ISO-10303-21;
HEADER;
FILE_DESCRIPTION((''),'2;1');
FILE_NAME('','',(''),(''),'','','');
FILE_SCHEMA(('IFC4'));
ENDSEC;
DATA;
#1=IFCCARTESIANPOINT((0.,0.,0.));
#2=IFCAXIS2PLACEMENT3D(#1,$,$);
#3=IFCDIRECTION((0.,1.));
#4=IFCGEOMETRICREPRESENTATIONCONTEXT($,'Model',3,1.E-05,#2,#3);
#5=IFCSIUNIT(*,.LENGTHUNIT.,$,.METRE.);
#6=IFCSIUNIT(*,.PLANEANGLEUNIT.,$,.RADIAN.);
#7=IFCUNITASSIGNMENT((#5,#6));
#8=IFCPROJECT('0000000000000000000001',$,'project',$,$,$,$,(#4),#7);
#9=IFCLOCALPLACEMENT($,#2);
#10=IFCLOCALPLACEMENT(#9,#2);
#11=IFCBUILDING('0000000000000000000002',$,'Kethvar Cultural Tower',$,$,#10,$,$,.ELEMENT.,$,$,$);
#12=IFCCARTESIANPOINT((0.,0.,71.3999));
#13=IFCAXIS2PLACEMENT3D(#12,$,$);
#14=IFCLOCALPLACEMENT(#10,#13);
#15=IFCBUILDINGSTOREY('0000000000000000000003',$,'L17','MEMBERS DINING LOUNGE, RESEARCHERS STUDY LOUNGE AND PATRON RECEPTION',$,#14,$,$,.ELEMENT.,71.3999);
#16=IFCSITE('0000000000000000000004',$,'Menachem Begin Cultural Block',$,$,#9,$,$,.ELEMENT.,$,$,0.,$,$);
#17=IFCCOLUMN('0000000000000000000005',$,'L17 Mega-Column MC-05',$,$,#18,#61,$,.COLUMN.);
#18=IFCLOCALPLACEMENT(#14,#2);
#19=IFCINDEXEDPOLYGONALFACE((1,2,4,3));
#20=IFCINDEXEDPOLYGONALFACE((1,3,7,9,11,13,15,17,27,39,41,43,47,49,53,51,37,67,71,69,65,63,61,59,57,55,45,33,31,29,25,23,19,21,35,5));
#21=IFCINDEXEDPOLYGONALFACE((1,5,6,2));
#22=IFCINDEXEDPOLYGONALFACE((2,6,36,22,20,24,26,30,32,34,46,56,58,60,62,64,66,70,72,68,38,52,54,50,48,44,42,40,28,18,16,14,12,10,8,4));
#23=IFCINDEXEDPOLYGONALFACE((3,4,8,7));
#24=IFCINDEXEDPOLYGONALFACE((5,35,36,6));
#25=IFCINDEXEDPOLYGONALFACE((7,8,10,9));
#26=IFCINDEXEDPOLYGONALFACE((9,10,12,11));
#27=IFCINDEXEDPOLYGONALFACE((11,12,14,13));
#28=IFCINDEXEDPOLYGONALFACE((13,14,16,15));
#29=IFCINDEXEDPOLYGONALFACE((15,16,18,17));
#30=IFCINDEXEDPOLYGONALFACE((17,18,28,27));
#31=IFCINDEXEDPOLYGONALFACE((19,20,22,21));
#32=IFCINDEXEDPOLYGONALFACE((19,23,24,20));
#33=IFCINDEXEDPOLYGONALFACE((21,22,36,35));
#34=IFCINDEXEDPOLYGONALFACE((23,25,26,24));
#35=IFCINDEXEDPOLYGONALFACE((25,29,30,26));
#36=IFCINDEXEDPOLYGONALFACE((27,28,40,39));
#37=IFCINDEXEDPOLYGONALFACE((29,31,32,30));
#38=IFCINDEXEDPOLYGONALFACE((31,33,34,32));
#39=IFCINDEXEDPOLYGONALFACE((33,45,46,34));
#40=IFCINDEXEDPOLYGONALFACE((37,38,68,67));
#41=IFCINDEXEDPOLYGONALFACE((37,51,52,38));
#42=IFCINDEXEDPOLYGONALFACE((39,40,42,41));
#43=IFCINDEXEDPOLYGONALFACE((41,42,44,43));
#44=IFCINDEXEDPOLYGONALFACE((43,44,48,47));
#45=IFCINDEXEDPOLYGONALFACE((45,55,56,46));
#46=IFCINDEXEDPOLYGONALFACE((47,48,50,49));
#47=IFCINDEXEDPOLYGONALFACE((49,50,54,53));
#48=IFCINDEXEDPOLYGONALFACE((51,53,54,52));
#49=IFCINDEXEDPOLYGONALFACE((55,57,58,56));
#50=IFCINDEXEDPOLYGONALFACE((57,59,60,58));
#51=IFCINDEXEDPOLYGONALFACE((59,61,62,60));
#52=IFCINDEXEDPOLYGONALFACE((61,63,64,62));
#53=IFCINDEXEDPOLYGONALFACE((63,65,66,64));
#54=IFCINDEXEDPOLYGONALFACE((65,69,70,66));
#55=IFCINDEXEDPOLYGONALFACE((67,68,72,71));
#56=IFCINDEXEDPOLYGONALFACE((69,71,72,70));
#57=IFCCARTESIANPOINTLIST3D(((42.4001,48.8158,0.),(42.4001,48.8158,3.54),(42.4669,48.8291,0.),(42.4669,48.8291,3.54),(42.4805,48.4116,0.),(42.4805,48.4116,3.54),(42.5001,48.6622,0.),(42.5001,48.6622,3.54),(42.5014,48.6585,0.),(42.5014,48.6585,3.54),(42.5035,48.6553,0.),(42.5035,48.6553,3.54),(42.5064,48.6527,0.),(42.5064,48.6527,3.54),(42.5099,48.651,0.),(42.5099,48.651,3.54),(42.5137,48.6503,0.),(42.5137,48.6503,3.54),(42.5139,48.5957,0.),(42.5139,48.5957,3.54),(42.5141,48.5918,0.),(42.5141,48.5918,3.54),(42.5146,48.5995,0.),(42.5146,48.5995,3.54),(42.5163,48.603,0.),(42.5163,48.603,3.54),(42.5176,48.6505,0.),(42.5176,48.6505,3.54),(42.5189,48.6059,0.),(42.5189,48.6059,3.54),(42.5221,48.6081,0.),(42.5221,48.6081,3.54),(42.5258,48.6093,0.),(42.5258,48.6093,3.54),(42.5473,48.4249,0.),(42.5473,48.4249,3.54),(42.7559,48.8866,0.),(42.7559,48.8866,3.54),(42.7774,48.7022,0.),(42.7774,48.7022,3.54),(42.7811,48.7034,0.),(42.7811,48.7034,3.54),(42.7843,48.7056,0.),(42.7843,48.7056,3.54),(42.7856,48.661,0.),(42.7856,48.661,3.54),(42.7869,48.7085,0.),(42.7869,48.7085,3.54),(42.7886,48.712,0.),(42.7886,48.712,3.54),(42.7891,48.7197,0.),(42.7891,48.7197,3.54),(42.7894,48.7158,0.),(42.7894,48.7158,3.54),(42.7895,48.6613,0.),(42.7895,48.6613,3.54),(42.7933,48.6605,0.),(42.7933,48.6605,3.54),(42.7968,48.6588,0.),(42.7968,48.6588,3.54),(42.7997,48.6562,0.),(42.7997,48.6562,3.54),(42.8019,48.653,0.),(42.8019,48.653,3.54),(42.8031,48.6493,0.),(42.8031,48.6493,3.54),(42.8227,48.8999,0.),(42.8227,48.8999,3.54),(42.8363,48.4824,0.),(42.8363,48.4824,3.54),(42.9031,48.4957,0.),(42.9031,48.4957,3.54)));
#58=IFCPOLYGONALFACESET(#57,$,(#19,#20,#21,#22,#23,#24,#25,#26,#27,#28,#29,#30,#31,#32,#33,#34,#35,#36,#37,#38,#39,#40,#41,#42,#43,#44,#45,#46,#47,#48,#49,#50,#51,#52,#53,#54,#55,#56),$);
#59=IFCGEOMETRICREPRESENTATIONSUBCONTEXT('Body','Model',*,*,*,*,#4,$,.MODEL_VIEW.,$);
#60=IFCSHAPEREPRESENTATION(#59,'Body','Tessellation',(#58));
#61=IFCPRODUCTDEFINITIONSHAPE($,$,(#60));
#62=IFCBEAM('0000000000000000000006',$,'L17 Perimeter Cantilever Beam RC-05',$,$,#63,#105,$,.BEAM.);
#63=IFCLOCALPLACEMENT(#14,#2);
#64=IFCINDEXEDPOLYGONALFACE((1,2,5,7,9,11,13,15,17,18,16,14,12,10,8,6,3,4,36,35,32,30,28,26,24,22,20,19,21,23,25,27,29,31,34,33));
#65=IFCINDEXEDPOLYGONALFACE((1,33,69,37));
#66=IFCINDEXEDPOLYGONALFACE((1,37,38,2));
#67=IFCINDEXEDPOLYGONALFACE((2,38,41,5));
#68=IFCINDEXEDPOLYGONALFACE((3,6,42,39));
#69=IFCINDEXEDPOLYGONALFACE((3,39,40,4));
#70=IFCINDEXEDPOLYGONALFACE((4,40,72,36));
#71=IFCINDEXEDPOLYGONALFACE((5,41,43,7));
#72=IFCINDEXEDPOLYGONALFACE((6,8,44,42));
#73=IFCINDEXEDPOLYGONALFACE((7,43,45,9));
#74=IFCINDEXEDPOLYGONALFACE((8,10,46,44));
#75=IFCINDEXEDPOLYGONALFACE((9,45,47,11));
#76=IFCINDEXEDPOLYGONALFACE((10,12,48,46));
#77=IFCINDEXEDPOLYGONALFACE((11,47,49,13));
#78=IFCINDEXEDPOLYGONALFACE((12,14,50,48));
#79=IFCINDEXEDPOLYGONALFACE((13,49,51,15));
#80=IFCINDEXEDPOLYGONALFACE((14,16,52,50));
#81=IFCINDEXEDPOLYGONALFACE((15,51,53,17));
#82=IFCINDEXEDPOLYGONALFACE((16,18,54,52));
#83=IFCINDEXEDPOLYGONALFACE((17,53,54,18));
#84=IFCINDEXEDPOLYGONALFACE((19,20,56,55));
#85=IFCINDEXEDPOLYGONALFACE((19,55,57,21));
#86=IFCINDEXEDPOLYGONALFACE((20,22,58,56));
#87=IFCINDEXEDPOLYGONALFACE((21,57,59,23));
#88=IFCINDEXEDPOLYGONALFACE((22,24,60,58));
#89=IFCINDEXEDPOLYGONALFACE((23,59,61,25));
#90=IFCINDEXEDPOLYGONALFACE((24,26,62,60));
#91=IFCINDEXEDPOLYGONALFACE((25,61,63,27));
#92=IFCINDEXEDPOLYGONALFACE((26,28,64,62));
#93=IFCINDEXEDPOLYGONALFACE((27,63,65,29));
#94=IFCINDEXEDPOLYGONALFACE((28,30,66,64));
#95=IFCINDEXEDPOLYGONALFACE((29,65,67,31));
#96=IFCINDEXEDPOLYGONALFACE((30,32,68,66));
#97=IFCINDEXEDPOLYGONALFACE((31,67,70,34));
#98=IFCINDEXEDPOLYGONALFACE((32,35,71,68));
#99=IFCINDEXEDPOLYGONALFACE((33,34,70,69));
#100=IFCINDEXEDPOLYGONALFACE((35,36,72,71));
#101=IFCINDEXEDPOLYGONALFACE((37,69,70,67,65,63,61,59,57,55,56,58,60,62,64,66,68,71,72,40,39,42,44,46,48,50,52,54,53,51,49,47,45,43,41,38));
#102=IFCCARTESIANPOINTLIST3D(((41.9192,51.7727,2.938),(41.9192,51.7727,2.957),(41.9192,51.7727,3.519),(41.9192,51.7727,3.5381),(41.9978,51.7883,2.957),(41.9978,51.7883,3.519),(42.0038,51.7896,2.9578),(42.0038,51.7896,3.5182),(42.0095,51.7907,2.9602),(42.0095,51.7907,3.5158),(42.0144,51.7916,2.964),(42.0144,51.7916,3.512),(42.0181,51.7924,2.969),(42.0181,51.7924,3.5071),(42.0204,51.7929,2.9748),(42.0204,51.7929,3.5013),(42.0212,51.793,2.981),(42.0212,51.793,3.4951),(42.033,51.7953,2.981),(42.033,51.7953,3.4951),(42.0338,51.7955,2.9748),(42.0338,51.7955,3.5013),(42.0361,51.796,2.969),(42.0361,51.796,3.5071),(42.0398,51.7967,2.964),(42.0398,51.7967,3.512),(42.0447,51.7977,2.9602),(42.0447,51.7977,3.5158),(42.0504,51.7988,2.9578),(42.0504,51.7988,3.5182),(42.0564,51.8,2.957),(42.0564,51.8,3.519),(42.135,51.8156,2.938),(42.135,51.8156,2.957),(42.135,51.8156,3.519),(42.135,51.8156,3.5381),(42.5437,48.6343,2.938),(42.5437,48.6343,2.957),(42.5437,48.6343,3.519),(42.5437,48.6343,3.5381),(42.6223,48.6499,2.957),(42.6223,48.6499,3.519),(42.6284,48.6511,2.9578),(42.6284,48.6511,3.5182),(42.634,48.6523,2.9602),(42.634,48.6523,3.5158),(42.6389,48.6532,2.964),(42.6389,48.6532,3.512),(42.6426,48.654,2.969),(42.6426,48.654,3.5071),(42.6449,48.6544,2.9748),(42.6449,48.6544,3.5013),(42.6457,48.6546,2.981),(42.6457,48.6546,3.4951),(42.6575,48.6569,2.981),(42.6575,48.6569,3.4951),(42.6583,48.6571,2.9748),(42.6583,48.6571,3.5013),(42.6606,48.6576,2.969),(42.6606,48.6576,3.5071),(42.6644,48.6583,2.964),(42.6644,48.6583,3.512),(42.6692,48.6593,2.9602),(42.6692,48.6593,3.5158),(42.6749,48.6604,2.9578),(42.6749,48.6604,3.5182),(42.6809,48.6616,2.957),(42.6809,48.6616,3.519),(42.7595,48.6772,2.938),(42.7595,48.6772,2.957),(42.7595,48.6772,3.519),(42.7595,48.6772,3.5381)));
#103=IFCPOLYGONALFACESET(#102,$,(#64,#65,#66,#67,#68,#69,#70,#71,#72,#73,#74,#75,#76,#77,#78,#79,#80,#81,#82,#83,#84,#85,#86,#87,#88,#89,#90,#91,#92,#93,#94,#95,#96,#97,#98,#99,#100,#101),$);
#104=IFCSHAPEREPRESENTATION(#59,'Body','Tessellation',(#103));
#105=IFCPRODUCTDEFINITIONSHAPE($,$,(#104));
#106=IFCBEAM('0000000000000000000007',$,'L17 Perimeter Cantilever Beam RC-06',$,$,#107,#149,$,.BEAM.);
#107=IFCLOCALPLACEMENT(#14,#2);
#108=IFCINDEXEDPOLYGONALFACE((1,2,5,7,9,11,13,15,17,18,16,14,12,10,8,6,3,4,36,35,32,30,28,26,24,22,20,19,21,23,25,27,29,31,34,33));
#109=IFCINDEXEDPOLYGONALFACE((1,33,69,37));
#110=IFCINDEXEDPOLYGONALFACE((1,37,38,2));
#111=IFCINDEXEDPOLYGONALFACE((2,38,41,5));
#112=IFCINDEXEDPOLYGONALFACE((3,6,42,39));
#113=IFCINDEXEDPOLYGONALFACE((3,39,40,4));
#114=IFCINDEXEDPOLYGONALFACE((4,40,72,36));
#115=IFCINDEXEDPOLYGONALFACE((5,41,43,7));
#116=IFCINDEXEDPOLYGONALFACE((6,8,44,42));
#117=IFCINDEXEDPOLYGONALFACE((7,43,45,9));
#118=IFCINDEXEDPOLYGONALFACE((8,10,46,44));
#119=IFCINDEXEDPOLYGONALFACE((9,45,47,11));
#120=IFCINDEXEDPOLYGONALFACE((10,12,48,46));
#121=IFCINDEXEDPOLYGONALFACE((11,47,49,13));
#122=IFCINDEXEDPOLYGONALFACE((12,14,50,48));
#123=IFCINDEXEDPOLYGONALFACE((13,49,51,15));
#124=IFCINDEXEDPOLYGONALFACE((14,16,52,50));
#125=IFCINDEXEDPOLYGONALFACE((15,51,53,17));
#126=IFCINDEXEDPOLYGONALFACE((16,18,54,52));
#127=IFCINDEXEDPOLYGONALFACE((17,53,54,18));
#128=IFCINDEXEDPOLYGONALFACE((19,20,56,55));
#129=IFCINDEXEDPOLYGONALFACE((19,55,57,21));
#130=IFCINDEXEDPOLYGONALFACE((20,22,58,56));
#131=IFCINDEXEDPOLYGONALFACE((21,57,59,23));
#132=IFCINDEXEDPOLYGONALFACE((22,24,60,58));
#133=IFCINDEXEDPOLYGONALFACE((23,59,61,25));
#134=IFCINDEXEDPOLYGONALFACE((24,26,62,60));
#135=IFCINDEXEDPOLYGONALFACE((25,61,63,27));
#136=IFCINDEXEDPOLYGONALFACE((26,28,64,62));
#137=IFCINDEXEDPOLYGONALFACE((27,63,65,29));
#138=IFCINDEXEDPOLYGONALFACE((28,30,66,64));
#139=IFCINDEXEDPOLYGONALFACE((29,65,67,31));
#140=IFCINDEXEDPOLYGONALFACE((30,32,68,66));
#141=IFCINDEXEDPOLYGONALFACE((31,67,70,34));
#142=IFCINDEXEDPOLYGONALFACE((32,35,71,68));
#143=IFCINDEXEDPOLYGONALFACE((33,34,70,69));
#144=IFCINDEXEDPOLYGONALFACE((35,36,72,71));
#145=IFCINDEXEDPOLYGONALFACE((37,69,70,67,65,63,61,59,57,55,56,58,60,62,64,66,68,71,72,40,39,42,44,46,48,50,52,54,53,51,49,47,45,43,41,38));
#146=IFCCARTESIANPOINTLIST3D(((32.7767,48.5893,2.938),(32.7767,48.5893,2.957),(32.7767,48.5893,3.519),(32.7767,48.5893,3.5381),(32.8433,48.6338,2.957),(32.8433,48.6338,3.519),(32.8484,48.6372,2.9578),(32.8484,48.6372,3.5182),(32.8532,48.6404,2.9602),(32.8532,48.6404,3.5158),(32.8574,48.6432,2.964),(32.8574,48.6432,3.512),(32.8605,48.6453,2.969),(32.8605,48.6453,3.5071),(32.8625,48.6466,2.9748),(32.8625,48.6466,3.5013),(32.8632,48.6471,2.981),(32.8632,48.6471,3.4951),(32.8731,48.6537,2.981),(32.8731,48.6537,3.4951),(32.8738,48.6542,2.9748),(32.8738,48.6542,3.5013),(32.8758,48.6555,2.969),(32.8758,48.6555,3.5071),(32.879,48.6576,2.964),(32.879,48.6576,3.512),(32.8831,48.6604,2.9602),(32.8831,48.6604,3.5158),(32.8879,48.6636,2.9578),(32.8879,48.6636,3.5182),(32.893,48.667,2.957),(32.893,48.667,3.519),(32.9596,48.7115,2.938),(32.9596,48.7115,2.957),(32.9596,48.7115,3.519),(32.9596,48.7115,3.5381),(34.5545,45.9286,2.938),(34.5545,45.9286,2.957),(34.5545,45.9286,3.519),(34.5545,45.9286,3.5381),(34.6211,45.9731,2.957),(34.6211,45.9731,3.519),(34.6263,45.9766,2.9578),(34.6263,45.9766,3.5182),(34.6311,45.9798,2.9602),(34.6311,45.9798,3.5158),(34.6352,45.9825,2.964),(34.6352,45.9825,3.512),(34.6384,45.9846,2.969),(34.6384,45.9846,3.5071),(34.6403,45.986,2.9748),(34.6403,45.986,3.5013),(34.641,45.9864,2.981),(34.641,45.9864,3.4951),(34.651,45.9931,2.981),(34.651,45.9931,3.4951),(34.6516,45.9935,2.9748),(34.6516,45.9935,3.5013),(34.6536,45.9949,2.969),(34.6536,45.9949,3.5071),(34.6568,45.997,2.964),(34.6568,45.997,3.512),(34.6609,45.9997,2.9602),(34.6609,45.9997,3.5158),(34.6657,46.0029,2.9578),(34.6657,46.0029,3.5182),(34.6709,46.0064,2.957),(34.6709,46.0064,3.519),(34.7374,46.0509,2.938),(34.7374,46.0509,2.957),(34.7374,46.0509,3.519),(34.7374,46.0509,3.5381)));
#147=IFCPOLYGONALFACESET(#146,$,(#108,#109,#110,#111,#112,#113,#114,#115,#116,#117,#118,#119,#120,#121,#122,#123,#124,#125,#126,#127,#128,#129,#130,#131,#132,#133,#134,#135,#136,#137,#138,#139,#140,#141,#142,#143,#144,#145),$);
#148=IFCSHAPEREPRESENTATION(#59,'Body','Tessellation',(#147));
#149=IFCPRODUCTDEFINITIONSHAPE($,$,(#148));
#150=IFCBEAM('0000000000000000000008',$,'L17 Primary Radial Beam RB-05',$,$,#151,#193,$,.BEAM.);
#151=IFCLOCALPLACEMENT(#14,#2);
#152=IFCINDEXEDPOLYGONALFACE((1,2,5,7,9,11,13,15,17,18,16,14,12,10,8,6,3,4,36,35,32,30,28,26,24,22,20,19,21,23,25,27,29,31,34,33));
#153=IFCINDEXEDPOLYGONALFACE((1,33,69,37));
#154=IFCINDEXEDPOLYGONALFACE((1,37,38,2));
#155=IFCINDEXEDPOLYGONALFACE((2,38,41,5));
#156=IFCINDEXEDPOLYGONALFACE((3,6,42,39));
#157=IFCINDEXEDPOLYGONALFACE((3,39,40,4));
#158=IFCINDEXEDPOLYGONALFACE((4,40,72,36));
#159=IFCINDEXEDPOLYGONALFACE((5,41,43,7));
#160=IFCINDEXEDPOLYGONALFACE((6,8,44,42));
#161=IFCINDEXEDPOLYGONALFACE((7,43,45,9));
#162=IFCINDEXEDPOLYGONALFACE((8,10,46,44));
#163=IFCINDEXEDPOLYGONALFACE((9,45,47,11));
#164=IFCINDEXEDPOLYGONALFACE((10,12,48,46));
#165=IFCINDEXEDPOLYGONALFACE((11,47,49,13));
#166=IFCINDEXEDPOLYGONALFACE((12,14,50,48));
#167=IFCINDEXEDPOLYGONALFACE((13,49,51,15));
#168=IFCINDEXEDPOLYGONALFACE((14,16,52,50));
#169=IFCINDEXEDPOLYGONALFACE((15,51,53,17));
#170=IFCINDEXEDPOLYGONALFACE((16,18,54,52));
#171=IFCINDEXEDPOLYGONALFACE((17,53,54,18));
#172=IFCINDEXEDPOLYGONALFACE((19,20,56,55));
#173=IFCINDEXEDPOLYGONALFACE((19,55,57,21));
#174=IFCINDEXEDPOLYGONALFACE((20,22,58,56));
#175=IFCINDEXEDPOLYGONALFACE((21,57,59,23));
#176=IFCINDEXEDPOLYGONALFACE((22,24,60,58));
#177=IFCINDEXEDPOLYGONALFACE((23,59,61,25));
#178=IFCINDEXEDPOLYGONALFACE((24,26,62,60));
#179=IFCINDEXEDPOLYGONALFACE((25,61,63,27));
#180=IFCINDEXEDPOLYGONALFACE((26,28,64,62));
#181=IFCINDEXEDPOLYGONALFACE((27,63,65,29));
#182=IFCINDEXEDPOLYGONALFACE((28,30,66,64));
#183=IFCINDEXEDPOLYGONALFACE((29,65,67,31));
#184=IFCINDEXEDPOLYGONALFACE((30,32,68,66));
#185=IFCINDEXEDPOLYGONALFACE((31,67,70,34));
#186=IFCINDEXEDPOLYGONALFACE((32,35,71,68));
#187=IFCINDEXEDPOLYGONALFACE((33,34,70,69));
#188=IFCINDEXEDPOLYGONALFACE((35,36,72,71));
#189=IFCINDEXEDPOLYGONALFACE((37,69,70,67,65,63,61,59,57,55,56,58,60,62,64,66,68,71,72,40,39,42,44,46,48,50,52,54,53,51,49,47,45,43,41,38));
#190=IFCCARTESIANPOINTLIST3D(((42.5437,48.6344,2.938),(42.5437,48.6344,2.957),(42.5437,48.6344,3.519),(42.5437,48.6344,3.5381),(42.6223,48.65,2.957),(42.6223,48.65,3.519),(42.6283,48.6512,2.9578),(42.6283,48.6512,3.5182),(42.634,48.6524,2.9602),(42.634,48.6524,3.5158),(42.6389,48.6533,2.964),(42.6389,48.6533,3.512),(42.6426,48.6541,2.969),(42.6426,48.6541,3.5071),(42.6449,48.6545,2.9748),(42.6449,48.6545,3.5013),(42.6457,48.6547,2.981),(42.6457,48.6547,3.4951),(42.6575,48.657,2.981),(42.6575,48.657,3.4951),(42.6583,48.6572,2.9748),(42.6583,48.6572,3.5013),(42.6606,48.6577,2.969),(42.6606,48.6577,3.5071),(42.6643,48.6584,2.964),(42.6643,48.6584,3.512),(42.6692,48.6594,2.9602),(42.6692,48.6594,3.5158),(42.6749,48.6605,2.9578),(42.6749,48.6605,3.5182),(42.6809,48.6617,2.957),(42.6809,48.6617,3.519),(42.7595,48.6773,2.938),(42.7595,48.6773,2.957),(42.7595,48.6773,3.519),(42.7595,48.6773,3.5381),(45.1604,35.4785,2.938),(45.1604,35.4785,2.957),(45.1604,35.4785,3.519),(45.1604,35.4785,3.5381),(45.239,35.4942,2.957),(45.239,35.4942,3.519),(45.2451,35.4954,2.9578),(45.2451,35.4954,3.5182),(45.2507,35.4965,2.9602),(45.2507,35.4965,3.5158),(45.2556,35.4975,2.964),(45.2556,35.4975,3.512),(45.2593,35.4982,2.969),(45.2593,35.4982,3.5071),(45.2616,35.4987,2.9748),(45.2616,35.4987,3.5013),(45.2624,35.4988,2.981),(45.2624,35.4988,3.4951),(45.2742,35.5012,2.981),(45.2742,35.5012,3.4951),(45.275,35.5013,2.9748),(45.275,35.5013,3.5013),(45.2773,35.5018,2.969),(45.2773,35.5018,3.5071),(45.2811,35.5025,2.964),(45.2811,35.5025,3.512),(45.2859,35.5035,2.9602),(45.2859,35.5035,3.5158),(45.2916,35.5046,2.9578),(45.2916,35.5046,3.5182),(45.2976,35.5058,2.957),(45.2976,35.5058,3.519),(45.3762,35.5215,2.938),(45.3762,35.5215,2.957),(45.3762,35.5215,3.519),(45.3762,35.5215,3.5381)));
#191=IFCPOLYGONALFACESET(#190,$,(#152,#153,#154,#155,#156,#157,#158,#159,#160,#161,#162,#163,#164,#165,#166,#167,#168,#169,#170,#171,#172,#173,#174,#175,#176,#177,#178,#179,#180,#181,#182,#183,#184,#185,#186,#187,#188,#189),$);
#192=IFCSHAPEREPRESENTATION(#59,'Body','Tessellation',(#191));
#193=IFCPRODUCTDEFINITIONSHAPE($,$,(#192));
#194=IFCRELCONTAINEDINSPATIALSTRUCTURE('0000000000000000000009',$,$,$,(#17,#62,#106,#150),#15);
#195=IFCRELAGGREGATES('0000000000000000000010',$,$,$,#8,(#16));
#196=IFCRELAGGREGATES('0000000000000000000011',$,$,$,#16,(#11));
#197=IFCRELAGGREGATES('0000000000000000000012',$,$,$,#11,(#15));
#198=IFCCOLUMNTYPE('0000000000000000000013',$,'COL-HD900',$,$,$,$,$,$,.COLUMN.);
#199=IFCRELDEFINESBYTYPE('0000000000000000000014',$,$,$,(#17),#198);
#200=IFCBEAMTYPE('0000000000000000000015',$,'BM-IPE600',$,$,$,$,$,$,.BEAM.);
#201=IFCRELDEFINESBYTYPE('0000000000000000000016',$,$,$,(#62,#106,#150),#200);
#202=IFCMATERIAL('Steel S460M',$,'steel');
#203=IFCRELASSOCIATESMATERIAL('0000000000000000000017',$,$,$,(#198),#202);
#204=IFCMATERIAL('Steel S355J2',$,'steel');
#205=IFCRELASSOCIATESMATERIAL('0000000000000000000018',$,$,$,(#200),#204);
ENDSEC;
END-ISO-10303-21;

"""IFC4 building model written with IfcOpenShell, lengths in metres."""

from ifc_helpers import new_model, si_unit, direction, frame, origin, origin_2d, place, context, subcontext, project, spatial, i_section, extrude, source, transform, mapped, material, material_profile, profile_set, type_object, element, save


model = new_model("IFC4")

# Units and contexts
model_context = context("Model", 3, precision=1e-05, world=origin(), true_north=direction((0.0, 1.0)))
body_context = subcontext(model_context, "Body", "Model", "MODEL_VIEW")
ifc_project = project(units=[si_unit("LENGTHUNIT", "METRE"), si_unit("PLANEANGLEUNIT", "RADIAN")], contexts=[model_context])

# Site, building, storey
site_placement = place(None, origin())
site = spatial("IfcSite", under=ifc_project, at=site_placement, Name="Menachem Begin Cultural Block", CompositionType="ELEMENT", RefElevation=0.0)
building_placement = place(site_placement, origin())
building = spatial("IfcBuilding", under=site, at=building_placement, Name="Kethvar Cultural Tower", CompositionType="ELEMENT")
storey_placement = place(building_placement, frame((0.0, 0.0, 71.3999)))
storey = spatial("IfcBuildingStorey", under=building, at=storey_placement, Name="L17", Description="MEMBERS DINING LOUNGE, RESEARCHERS STUDY LOUNGE AND PATRON RECEPTION", CompositionType="ELEMENT", Elevation=71.3999)

# Column
ifc_material_1 = material(Name="Steel S460M", Category="steel")
ifc_material_profile_1 = material_profile(ifc_material_1, i_section(OverallWidth=0.4121, OverallDepth=0.4309, WebThickness=0.042, FlangeThickness=0.0681, FilletRadius=0.0149, at=origin_2d()), Name="Steel S460M — HD400x900")
ifc_profile_set_1 = profile_set([ifc_material_profile_1], Name="Steel S460M — HD400x900")
column_type = type_object("IfcColumnType", Name="COL-HD900", PredefinedType="COLUMN", material=ifc_profile_set_1)
shared_shape_1 = source(origin(), body_context, "Body", "SweptSolid", [
    extrude(i_section(OverallWidth=0.4121, OverallDepth=0.4309, WebThickness=0.042, FlangeThickness=0.0681, FilletRadius=0.0149, at=origin_2d()), origin(), (0.0, 0.0, 1.0), 3.54),
])
column_placement = place(storey_placement, frame((42.6516, 48.6558, 0.0), z_axis=(0.0, 0.0, 1.0), x_axis=(-0.19509, 0.980785, 0.0)))
element("IfcColumn", 1, at=column_placement, inside=storey, type_object=column_type, Name="L17 Mega-Column MC-05", PredefinedType="COLUMN", context=body_context, shape_type="MappedRepresentation", body=[
    mapped(shared_shape_1, transform((0.0, 0.0, 0.0), scale=1.0)),
])

# Beams
ifc_material_2 = material(Name="Steel S355J2", Category="steel")
ifc_material_profile_2 = material_profile(ifc_material_2, i_section(OverallWidth=0.22, OverallDepth=0.6001, WebThickness=0.012, FlangeThickness=0.019, FilletRadius=0.0239, at=origin_2d()), Name="Steel S355J2 — IPE600")
ifc_profile_set_2 = profile_set([ifc_material_profile_2], Name="Steel S355J2 — IPE600")
beam_type_1 = type_object("IfcBeamType", Name="BM-IPE600", PredefinedType="BEAM", material=ifc_profile_set_2)
shared_shape_2 = source(origin(), body_context, "Body", "SweptSolid", [
    extrude(i_section(OverallWidth=0.22, OverallDepth=0.6001, WebThickness=0.012, FlangeThickness=0.019, FilletRadius=0.0239, at=origin_2d()), origin(), (0.0, 0.0, 1.0), 3.2),
])
for number, where, z_axis, x_axis, name in (
    (2, (42.6516, 48.6558, 3.238), (-0.195162, 0.980771, 0.0), (-0.980771, -0.195162, 0.0), "L17 Perimeter Cantilever Beam RC-05"),
    (3, (34.646, 45.9897, 3.238), (-0.55558, 0.831463, 0.0), (-0.831463, -0.55558, 0.0), "L17 Perimeter Cantilever Beam RC-06"),
):
    element("IfcBeam", number, at=place(storey_placement, frame(where, z_axis=z_axis, x_axis=x_axis)), inside=storey, type_object=beam_type_1, Name=name, PredefinedType="BEAM", context=body_context, shape_type="MappedRepresentation", body=[
        mapped(shared_shape_2, transform((0.0, 0.0, 0.0), scale=1.0)),
    ])
shared_shape_3 = source(origin(), body_context, "Body", "SweptSolid", [
    extrude(i_section(OverallWidth=0.22, OverallDepth=0.6001, WebThickness=0.012, FlangeThickness=0.019, FilletRadius=0.0239, at=origin_2d()), origin(), (0.0, 0.0, 1.0), 13.4136),
])
beam_1_placement = place(storey_placement, frame((45.2683, 35.5, 3.238), z_axis=(-0.19508, 0.980787, 0.0), x_axis=(-0.980787, -0.19508, 0.0)))
element("IfcBeam", 4, at=beam_1_placement, inside=storey, type_object=beam_type_1, Name="L17 Primary Radial Beam RB-05", PredefinedType="BEAM", context=body_context, shape_type="MappedRepresentation", body=[
    mapped(shared_shape_3, transform((0.0, 0.0, 0.0), scale=1.0)),
])

save(model, "model.ifc")
